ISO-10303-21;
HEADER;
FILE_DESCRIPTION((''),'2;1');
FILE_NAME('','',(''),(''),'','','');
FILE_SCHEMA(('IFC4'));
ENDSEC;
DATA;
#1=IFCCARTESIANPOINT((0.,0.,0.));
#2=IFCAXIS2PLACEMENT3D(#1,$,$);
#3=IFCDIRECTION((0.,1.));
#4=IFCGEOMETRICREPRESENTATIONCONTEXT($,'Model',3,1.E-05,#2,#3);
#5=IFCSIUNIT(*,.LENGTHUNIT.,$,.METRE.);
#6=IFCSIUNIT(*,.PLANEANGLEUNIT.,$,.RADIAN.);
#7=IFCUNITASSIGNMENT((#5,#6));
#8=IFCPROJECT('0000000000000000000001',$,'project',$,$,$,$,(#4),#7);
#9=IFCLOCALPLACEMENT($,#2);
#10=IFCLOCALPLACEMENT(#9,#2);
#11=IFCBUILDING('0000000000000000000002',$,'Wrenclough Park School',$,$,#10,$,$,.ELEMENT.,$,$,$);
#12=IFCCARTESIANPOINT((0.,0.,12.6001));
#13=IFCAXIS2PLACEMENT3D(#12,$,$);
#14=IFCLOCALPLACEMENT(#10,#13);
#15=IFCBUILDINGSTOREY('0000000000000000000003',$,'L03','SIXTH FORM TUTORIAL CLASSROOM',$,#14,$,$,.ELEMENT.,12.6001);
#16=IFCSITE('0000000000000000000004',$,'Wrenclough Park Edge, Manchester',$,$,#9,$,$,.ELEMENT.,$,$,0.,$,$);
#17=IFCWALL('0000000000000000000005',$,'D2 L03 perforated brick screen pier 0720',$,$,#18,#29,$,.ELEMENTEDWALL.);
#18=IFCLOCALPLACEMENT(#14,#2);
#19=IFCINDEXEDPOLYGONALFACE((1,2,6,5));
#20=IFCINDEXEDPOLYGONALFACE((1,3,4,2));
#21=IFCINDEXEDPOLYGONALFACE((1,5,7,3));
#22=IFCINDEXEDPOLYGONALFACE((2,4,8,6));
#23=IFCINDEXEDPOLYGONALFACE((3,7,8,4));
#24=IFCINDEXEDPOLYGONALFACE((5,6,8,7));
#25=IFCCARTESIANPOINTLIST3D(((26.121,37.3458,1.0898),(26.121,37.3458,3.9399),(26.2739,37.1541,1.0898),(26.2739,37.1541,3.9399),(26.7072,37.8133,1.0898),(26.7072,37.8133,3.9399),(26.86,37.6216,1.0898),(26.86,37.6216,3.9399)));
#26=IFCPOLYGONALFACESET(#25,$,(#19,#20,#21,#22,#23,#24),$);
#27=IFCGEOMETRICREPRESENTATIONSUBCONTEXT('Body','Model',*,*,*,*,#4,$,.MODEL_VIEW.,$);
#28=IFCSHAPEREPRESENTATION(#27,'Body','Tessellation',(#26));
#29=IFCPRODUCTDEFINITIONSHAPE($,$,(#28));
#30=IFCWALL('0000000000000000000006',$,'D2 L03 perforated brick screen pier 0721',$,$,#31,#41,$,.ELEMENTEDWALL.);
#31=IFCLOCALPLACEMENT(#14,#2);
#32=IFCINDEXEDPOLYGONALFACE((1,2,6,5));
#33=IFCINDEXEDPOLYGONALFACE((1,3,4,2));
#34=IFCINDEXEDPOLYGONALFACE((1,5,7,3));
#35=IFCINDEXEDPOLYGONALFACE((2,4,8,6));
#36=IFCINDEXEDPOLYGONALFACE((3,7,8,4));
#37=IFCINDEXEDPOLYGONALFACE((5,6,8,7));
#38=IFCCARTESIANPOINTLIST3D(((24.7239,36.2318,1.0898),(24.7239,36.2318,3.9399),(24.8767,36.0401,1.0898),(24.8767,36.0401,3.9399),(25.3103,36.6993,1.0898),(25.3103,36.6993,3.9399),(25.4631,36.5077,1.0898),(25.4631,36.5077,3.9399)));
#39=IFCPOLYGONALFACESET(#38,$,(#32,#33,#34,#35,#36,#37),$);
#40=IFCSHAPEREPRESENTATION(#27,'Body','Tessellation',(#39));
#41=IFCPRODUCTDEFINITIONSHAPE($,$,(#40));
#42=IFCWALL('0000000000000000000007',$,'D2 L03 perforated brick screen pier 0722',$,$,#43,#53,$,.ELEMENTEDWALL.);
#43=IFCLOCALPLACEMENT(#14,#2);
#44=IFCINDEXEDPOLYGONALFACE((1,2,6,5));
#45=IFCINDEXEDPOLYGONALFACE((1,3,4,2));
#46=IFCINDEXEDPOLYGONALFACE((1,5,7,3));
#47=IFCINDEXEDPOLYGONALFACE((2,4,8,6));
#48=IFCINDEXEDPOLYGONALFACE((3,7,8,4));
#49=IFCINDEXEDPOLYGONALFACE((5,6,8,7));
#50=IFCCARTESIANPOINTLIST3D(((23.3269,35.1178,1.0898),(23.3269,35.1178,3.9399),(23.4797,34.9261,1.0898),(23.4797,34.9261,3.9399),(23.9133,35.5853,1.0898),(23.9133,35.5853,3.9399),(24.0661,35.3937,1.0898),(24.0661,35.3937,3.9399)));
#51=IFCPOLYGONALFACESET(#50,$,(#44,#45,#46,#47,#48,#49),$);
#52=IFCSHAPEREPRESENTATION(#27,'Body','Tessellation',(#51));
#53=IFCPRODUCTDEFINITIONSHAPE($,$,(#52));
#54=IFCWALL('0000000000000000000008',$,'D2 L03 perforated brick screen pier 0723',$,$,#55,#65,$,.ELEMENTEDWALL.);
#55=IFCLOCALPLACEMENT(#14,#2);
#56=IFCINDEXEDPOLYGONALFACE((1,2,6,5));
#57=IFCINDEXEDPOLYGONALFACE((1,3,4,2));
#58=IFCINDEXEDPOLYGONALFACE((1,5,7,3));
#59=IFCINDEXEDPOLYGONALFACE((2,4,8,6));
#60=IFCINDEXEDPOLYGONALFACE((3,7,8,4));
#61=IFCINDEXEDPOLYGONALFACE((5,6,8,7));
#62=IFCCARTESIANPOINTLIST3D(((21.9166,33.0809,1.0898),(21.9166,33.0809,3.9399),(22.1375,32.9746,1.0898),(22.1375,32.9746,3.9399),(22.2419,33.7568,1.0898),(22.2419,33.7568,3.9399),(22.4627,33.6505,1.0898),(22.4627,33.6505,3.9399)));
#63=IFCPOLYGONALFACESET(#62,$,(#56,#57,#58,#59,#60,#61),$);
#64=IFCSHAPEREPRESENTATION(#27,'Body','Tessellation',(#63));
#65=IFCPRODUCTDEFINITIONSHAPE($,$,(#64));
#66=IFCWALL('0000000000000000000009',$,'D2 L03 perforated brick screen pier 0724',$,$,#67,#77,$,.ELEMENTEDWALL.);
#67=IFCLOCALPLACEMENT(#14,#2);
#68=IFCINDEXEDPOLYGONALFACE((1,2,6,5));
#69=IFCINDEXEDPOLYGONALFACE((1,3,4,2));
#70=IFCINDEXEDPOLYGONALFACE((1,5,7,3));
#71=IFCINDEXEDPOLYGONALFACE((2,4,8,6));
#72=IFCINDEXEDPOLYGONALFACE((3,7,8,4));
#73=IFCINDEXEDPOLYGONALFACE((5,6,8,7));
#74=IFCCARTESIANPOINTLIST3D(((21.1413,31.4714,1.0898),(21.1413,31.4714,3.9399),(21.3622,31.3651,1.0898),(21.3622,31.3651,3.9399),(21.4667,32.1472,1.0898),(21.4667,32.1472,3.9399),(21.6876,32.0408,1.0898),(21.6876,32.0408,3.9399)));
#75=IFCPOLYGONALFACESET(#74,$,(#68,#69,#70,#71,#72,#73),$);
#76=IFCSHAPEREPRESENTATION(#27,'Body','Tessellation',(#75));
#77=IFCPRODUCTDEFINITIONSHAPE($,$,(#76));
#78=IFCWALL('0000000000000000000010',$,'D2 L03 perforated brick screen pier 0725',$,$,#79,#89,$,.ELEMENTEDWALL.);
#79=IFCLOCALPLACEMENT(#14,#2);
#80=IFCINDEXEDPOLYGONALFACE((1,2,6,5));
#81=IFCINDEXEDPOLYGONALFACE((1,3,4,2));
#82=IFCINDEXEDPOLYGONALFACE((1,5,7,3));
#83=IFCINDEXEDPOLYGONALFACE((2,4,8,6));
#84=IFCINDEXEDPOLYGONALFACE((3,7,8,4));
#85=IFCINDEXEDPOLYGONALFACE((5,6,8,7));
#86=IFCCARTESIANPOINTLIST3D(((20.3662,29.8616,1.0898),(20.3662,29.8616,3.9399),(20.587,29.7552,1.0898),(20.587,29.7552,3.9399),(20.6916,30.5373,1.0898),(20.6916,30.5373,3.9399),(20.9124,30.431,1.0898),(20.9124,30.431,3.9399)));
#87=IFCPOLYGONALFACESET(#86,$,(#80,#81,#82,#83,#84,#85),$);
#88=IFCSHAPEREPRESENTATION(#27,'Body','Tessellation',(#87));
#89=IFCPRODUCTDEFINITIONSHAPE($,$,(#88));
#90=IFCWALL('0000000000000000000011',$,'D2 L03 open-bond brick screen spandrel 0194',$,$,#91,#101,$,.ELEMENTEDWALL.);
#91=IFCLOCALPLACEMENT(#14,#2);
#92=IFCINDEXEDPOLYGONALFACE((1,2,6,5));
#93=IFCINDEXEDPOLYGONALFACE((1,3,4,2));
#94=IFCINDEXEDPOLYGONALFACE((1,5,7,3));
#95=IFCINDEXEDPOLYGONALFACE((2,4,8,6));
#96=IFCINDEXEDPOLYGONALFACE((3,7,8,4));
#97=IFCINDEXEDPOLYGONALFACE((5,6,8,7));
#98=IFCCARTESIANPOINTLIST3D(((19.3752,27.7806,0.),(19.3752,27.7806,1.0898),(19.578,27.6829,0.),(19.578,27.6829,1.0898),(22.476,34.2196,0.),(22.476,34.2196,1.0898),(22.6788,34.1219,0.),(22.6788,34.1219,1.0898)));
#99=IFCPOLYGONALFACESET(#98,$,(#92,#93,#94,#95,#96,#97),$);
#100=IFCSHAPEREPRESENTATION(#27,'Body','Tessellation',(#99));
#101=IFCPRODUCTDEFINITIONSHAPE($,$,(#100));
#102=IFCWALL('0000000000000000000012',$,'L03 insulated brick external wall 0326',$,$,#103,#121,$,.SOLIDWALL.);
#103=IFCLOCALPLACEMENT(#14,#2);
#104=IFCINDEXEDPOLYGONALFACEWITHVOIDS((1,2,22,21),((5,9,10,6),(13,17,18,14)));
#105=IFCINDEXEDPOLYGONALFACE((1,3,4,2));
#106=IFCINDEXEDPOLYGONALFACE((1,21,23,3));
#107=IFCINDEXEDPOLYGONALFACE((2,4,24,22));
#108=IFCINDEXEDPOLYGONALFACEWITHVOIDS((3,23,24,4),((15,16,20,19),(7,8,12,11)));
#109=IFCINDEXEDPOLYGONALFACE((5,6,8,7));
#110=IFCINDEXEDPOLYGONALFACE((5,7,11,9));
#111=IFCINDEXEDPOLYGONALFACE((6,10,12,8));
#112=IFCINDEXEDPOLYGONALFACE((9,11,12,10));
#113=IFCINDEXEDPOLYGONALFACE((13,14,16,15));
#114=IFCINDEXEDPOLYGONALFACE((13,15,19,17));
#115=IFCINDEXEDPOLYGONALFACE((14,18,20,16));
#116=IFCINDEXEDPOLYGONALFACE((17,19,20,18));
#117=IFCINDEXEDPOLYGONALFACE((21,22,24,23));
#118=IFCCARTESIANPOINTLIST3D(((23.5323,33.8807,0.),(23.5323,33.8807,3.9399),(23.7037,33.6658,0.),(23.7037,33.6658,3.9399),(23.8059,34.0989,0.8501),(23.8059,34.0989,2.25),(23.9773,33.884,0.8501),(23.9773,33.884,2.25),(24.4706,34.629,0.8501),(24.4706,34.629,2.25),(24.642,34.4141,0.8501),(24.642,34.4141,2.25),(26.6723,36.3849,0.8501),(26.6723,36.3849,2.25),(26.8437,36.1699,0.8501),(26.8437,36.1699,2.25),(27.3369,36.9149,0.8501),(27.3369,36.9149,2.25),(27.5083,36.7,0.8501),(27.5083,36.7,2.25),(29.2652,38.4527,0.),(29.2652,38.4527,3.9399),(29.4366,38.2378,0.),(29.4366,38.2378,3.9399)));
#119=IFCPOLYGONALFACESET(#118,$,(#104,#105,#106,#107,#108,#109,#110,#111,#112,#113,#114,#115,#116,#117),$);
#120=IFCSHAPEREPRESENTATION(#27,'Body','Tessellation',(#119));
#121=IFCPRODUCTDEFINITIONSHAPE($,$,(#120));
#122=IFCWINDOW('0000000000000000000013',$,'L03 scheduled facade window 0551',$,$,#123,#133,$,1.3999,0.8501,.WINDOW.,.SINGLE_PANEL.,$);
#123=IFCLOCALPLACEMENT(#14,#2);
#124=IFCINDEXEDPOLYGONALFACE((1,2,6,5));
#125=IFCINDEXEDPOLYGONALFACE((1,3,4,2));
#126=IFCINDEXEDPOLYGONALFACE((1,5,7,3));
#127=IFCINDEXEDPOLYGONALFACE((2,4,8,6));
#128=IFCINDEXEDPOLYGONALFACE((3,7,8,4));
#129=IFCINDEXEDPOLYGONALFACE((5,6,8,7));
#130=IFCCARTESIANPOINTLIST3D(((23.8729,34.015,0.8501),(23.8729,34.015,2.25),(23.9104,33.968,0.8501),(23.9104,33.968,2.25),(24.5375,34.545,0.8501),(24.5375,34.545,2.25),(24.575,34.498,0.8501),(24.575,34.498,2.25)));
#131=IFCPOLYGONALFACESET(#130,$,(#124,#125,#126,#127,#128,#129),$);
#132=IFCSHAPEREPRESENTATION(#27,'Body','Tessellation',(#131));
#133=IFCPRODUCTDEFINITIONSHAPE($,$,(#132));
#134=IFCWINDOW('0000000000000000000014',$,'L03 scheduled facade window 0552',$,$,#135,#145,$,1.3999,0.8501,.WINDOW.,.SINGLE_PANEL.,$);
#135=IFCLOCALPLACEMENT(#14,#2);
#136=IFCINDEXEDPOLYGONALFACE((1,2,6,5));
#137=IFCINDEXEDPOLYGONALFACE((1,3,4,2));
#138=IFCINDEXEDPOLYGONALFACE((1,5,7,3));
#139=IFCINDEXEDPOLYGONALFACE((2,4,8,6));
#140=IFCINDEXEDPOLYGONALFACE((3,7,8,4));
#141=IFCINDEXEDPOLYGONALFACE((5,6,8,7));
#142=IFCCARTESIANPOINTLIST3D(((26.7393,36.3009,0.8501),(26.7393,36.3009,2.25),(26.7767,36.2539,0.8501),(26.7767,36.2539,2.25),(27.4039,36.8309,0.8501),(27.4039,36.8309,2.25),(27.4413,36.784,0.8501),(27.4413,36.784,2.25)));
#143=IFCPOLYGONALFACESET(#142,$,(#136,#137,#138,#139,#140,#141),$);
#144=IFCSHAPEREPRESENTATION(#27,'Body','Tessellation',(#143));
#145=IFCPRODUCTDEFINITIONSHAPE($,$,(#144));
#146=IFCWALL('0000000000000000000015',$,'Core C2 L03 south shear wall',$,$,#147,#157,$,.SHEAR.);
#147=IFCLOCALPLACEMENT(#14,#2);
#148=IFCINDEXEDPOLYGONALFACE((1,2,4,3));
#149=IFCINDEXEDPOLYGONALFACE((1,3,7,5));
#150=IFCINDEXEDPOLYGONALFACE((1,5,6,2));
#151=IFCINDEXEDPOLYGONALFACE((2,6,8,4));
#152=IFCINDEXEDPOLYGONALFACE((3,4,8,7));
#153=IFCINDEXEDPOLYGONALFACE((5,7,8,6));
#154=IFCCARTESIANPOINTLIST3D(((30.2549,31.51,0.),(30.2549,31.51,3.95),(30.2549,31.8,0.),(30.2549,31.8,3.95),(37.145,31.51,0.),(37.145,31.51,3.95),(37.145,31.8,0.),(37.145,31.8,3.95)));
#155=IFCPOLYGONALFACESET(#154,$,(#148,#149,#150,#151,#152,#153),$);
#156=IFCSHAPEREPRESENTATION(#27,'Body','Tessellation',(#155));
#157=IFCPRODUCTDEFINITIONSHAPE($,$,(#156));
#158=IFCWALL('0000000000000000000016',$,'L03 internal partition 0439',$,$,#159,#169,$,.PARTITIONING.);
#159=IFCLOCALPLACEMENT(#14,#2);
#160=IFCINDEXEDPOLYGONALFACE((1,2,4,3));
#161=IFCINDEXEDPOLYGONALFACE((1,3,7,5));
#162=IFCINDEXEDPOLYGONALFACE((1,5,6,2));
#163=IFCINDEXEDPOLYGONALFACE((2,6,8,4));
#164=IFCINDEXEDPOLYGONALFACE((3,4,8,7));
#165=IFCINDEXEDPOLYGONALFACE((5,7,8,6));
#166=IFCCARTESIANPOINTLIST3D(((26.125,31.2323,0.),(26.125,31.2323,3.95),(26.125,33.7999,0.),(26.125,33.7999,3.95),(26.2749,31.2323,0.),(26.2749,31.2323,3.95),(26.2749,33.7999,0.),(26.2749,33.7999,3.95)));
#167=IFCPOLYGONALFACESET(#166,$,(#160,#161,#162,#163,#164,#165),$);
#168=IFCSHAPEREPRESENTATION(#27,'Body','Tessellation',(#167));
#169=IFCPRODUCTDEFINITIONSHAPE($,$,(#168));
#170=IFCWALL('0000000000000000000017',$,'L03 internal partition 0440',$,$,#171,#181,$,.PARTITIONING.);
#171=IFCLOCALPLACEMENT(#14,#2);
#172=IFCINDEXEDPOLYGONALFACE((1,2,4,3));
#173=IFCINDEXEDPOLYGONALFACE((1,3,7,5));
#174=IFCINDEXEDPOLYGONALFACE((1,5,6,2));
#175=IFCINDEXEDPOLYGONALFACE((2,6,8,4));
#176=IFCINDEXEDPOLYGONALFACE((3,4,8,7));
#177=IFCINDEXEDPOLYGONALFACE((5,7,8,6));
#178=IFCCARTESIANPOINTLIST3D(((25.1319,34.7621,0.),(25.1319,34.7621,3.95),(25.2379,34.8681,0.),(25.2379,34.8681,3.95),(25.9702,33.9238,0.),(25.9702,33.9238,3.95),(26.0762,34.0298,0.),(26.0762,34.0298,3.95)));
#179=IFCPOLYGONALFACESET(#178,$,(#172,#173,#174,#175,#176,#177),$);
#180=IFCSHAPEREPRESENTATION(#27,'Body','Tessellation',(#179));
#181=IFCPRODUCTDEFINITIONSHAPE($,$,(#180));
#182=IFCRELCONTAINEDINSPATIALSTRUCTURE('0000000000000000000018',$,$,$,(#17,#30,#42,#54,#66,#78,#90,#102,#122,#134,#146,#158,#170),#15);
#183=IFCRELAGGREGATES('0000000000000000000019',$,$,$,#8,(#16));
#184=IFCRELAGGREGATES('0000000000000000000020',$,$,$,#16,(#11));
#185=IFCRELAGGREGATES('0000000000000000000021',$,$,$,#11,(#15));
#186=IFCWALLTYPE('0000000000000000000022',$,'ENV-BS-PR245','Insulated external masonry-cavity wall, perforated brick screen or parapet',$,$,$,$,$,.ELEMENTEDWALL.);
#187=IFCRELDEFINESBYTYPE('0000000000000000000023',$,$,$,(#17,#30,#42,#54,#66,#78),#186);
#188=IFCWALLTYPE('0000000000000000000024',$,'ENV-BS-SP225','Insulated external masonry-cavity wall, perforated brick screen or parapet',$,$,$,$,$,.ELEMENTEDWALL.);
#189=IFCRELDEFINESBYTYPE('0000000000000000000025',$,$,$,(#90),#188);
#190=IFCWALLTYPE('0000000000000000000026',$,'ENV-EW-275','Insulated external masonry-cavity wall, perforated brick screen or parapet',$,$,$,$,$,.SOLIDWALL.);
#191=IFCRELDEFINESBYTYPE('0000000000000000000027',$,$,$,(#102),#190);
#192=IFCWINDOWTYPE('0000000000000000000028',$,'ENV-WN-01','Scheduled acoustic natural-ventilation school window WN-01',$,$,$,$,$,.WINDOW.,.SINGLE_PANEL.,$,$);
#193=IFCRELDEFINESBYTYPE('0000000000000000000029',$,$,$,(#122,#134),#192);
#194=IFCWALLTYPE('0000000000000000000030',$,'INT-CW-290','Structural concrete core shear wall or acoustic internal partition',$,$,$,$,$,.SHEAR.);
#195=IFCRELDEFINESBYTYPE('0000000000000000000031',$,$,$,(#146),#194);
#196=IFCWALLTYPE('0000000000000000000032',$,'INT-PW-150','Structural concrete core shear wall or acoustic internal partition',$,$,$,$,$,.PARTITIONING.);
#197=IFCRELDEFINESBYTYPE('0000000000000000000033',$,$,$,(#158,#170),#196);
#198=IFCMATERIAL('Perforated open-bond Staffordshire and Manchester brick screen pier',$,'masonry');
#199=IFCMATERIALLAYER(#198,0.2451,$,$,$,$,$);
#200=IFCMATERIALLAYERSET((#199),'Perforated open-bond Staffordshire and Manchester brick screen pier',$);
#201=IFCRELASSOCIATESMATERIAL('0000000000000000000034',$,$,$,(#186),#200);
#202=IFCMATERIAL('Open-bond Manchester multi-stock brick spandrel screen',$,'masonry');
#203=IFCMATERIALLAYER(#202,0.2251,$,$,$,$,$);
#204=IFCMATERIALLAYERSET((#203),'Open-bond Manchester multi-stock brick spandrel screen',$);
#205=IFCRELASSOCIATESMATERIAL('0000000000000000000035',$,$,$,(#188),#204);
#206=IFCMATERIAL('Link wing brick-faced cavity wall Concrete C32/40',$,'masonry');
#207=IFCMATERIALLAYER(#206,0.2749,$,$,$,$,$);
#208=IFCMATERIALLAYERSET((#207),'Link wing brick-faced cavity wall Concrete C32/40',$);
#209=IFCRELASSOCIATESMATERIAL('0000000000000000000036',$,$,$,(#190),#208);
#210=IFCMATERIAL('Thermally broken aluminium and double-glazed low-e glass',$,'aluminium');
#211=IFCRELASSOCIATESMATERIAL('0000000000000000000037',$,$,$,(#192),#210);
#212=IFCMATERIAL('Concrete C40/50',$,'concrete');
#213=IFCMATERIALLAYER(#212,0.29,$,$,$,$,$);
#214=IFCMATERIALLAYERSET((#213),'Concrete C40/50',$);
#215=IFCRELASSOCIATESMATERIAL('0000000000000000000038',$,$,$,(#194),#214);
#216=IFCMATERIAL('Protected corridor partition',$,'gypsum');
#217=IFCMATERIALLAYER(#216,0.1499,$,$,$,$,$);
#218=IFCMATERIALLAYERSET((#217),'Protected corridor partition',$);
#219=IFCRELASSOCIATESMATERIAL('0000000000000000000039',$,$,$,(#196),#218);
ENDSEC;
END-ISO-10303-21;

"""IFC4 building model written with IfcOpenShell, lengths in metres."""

from ifc_helpers import new_model, si_unit, direction, frame, frame_2d, origin, place, context, subcontext, project, spatial, rectangle, extrude, material, layer, layer_set, type_object, element, fill, save


model = new_model("IFC4")

# Units and contexts
model_context = context("Model", 3, precision=1e-05, world=origin(), true_north=direction((0.0, 1.0)))
body_context = subcontext(model_context, "Body", "Model", "MODEL_VIEW")
ifc_project = project(units=[si_unit("LENGTHUNIT", "METRE"), si_unit("PLANEANGLEUNIT", "RADIAN")], contexts=[model_context])

# Site, building, storey
site_placement = place(None, origin())
site = spatial("IfcSite", under=ifc_project, at=site_placement, Name="Wrenclough Park Edge, Manchester", CompositionType="ELEMENT", RefElevation=0.0)
building_placement = place(site_placement, origin())
building = spatial("IfcBuilding", under=site, at=building_placement, Name="Wrenclough Park School", CompositionType="ELEMENT")
storey_placement = place(building_placement, frame((0.0, 0.0, 12.6001)))
storey = spatial("IfcBuildingStorey", under=building, at=storey_placement, Name="L03", Description="SIXTH FORM TUTORIAL CLASSROOM", CompositionType="ELEMENT", Elevation=12.6001)

# Shared definitions
ifc_material_1 = material(Name="Concrete C40/50", Category="concrete")

# Walls
ifc_material_2 = material(Name="Perforated open-bond Staffordshire and Manchester brick screen pier", Category="masonry")
ifc_layer_1 = layer(ifc_material_2, 0.2451)
ifc_layer_set_1 = layer_set([ifc_layer_1], Name="Perforated open-bond Staffordshire and Manchester brick screen pier")
wall_type_1 = type_object("IfcWallType", Name="ENV-BS-PR245", Description="Insulated external masonry-cavity wall, perforated brick screen or parapet", PredefinedType="ELEMENTEDWALL", material=ifc_layer_set_1)
wall_1_placement = place(storey_placement, frame((26.7837, 37.7175, 1.0898), z_axis=(0.0, 0.0, 1.0), x_axis=(-0.781789, -0.623543, 0.0)))
element("IfcWall", 1, at=wall_1_placement, inside=storey, type_object=wall_type_1, Name="D2 L03 perforated brick screen pier 0720", PredefinedType="ELEMENTEDWALL", context=body_context, shape_type="SweptSolid", body=[
    extrude(rectangle(XDim=0.7498, YDim=0.2451, at=frame_2d((0.375, 0.0))), origin(), (0.0, 0.0, 1.0), 2.8501),
])
for number, where, z_axis, x_axis, name in (
    (2, (25.3867, 36.6035, 1.0898), (0.0, 0.0, 1.0), (-0.781916, -0.623384, 0.0), "D2 L03 perforated brick screen pier 0721"),
    (3, (23.9897, 35.4895, 1.0898), (0.0, 0.0, 1.0), (-0.781916, -0.623384, 0.0), "D2 L03 perforated brick screen pier 0722"),
    (4, (22.3523, 33.7036, 1.0898), (0.0, 0.0, 1.0), (-0.43362, -0.901096, 0.0), "D2 L03 perforated brick screen pier 0723"),
    (5, (21.5771, 32.094, 1.0898), (0.0, 0.0, 1.0), (-0.433884, -0.900969, 0.0), "D2 L03 perforated brick screen pier 0724"),
    (6, (20.802, 30.4841, 1.0898), (0.0, 0.0, 1.0), (-0.433884, -0.900969, 0.0), "D2 L03 perforated brick screen pier 0725"),
):
    element("IfcWall", number, at=place(storey_placement, frame(where, z_axis=z_axis, x_axis=x_axis)), inside=storey, type_object=wall_type_1, Name=name, PredefinedType="ELEMENTEDWALL", context=body_context, shape_type="SweptSolid", body=[
        extrude(rectangle(XDim=0.75, YDim=0.2451, at=frame_2d((0.375, 0.0))), origin(), (0.0, 0.0, 1.0), 2.8501),
    ])
ifc_material_3 = material(Name="Open-bond Manchester multi-stock brick spandrel screen", Category="masonry")
ifc_layer_2 = layer(ifc_material_3, 0.2251)
ifc_layer_set_2 = layer_set([ifc_layer_2], Name="Open-bond Manchester multi-stock brick spandrel screen")
wall_type_2 = type_object("IfcWallType", Name="ENV-BS-SP225", Description="Insulated external masonry-cavity wall, perforated brick screen or parapet", PredefinedType="ELEMENTEDWALL", material=ifc_layer_set_2)
wall_2_placement = place(storey_placement, frame((22.5774, 34.1707, 0.0), z_axis=(0.0, 0.0, 1.0), x_axis=(-0.433882, -0.90097, 0.0)))
element("IfcWall", 7, at=wall_2_placement, inside=storey, type_object=wall_type_2, Name="D2 L03 open-bond brick screen spandrel 0194", PredefinedType="ELEMENTEDWALL", context=body_context, shape_type="SweptSolid", body=[
    extrude(rectangle(XDim=7.1467, YDim=0.2251, at=frame_2d((3.5732, 0.0))), origin(), (0.0, 0.0, 1.0), 1.0898),
])

# Wall, openings, windows
ifc_material_4 = material(Name="Link wing brick-faced cavity wall Concrete C32/40", Category="masonry")
ifc_layer_3 = layer(ifc_material_4, 0.2749)
ifc_layer_set_3 = layer_set([ifc_layer_3], Name="Link wing brick-faced cavity wall Concrete C32/40")
wall_type_3 = type_object("IfcWallType", Name="ENV-EW-275", Description="Insulated external masonry-cavity wall, perforated brick screen or parapet", PredefinedType="SOLIDWALL", material=ifc_layer_set_3)
wall_3_placement = place(storey_placement, frame((23.6179, 33.7732, 0.0), z_axis=(0.0, 0.0, 1.0), x_axis=(0.78182, 0.623505, 0.0)))
wall_3 = element("IfcWall", 8, at=wall_3_placement, inside=storey, type_object=wall_type_3, Name="L03 insulated brick external wall 0326", PredefinedType="SOLIDWALL", context=body_context, shape_type="SweptSolid", body=[
    extrude(rectangle(XDim=7.3328, YDim=0.2749, at=frame_2d((3.6665, 0.0))), origin(), (0.0, 0.0, 1.0), 3.9399),
])
opening_1_placement = place(wall_3_placement, frame((0.3501, 0.0, 0.8501)))
opening_1 = element("IfcOpeningElement", 9, at=opening_1_placement, cuts=wall_3, PredefinedType="OPENING", context=body_context, shape_type="SweptSolid", body=[
    extrude(rectangle(XDim=0.8501, YDim=1.3999, at=frame_2d((0.425, 0.7))), frame((0.0, 0.1475, 0.0), z_axis=(0.0, -1.0, 0.0), x_axis=(1.0, 0.0, 0.0)), (0.0, 0.0, 1.0), 0.2949),
])
opening_2_placement = place(wall_3_placement, frame((4.0164, 0.0, 0.8501)))
opening_2 = element("IfcOpeningElement", 10, at=opening_2_placement, cuts=wall_3, PredefinedType="OPENING", context=body_context, shape_type="SweptSolid", body=[
    extrude(rectangle(XDim=0.8501, YDim=1.3999, at=frame_2d((0.425, 0.7))), frame((0.0, 0.1475, 0.0), z_axis=(0.0, -1.0, 0.0), x_axis=(1.0, 0.0, 0.0)), (0.0, 0.0, 1.0), 0.2949),
])
ifc_material_5 = material(Name="Thermally broken aluminium and double-glazed low-e glass", Category="aluminium")
window_type = type_object("IfcWindowType", Name="ENV-WN-01", Description="Scheduled acoustic natural-ventilation school window WN-01", PartitioningType="SINGLE_PANEL", PredefinedType="WINDOW", material=ifc_material_5)
window_1_placement = place(opening_1_placement, origin())
window_1 = element("IfcWindow", 11, at=window_1_placement, inside=storey, type_object=window_type, Name="L03 scheduled facade window 0551", OverallHeight=1.3999, OverallWidth=0.8501, PartitioningType="SINGLE_PANEL", PredefinedType="WINDOW", context=body_context, shape_type="SweptSolid", body=[
    extrude(rectangle(XDim=0.8501, YDim=1.3999, at=frame_2d((0.425, 0.7))), frame((0.0, 0.03, 0.0), z_axis=(0.0, -1.0, 0.0), x_axis=(1.0, 0.0, 0.0)), (0.0, 0.0, 1.0), 0.0601),
])
fill(opening_1, window_1)
window_2_placement = place(opening_2_placement, origin())
window_2 = element("IfcWindow", 12, at=window_2_placement, inside=storey, type_object=window_type, Name="L03 scheduled facade window 0552", OverallHeight=1.3999, OverallWidth=0.8501, PartitioningType="SINGLE_PANEL", PredefinedType="WINDOW", context=body_context, shape_type="SweptSolid", body=[
    extrude(rectangle(XDim=0.8501, YDim=1.3999, at=frame_2d((0.425, 0.7))), frame((0.0, 0.03, 0.0), z_axis=(0.0, -1.0, 0.0), x_axis=(1.0, 0.0, 0.0)), (0.0, 0.0, 1.0), 0.0601),
])
fill(opening_2, window_2)

# Walls
ifc_layer_4 = layer(ifc_material_1, 0.29)
ifc_layer_set_4 = layer_set([ifc_layer_4], Name="Concrete C40/50")
wall_type_4 = type_object("IfcWallType", Name="INT-CW-290", Description="Structural concrete core shear wall or acoustic internal partition", PredefinedType="SHEAR", material=ifc_layer_set_4)
wall_4_placement = place(storey_placement, frame((30.2549, 31.655, 0.0), z_axis=(0.0, 0.0, 1.0), x_axis=(1.0, 0.0, 0.0)))
element("IfcWall", 13, at=wall_4_placement, inside=storey, type_object=wall_type_4, Name="Core C2 L03 south shear wall", PredefinedType="SHEAR", context=body_context, shape_type="SweptSolid", body=[
    extrude(rectangle(XDim=6.8901, YDim=0.29, at=frame_2d((3.4451, 0.0))), origin(), (0.0, 0.0, 1.0), 3.95),
])
ifc_material_6 = material(Name="Protected corridor partition", Category="gypsum")
ifc_layer_5 = layer(ifc_material_6, 0.1499)
ifc_layer_set_5 = layer_set([ifc_layer_5], Name="Protected corridor partition")
wall_type_5 = type_object("IfcWallType", Name="INT-PW-150", Description="Structural concrete core shear wall or acoustic internal partition", PredefinedType="PARTITIONING", material=ifc_layer_set_5)
wall_5_placement = place(storey_placement, frame((26.2, 31.2324, 0.0), z_axis=(0.0, 0.0, 1.0), x_axis=(0.0, 1.0, 0.0)))
element("IfcWall", 14, at=wall_5_placement, inside=storey, type_object=wall_type_5, Name="L03 internal partition 0439", PredefinedType="PARTITIONING", context=body_context, shape_type="SweptSolid", body=[
    extrude(rectangle(XDim=2.5676, YDim=0.1499, at=frame_2d((1.2837, 0.0))), origin(), (0.0, 0.0, 1.0), 3.95),
])
wall_6_placement = place(storey_placement, frame((26.0232, 33.9768, 0.0), z_axis=(0.0, 0.0, 1.0), x_axis=(-0.707107, 0.707107, 0.0)))
element("IfcWall", 15, at=wall_6_placement, inside=storey, type_object=wall_type_5, Name="L03 internal partition 0440", PredefinedType="PARTITIONING", context=body_context, shape_type="SweptSolid", body=[
    extrude(rectangle(XDim=1.1855, YDim=0.1499, at=frame_2d((0.5928, 0.0))), origin(), (0.0, 0.0, 1.0), 3.95),
])

save(model, "model.ifc")
